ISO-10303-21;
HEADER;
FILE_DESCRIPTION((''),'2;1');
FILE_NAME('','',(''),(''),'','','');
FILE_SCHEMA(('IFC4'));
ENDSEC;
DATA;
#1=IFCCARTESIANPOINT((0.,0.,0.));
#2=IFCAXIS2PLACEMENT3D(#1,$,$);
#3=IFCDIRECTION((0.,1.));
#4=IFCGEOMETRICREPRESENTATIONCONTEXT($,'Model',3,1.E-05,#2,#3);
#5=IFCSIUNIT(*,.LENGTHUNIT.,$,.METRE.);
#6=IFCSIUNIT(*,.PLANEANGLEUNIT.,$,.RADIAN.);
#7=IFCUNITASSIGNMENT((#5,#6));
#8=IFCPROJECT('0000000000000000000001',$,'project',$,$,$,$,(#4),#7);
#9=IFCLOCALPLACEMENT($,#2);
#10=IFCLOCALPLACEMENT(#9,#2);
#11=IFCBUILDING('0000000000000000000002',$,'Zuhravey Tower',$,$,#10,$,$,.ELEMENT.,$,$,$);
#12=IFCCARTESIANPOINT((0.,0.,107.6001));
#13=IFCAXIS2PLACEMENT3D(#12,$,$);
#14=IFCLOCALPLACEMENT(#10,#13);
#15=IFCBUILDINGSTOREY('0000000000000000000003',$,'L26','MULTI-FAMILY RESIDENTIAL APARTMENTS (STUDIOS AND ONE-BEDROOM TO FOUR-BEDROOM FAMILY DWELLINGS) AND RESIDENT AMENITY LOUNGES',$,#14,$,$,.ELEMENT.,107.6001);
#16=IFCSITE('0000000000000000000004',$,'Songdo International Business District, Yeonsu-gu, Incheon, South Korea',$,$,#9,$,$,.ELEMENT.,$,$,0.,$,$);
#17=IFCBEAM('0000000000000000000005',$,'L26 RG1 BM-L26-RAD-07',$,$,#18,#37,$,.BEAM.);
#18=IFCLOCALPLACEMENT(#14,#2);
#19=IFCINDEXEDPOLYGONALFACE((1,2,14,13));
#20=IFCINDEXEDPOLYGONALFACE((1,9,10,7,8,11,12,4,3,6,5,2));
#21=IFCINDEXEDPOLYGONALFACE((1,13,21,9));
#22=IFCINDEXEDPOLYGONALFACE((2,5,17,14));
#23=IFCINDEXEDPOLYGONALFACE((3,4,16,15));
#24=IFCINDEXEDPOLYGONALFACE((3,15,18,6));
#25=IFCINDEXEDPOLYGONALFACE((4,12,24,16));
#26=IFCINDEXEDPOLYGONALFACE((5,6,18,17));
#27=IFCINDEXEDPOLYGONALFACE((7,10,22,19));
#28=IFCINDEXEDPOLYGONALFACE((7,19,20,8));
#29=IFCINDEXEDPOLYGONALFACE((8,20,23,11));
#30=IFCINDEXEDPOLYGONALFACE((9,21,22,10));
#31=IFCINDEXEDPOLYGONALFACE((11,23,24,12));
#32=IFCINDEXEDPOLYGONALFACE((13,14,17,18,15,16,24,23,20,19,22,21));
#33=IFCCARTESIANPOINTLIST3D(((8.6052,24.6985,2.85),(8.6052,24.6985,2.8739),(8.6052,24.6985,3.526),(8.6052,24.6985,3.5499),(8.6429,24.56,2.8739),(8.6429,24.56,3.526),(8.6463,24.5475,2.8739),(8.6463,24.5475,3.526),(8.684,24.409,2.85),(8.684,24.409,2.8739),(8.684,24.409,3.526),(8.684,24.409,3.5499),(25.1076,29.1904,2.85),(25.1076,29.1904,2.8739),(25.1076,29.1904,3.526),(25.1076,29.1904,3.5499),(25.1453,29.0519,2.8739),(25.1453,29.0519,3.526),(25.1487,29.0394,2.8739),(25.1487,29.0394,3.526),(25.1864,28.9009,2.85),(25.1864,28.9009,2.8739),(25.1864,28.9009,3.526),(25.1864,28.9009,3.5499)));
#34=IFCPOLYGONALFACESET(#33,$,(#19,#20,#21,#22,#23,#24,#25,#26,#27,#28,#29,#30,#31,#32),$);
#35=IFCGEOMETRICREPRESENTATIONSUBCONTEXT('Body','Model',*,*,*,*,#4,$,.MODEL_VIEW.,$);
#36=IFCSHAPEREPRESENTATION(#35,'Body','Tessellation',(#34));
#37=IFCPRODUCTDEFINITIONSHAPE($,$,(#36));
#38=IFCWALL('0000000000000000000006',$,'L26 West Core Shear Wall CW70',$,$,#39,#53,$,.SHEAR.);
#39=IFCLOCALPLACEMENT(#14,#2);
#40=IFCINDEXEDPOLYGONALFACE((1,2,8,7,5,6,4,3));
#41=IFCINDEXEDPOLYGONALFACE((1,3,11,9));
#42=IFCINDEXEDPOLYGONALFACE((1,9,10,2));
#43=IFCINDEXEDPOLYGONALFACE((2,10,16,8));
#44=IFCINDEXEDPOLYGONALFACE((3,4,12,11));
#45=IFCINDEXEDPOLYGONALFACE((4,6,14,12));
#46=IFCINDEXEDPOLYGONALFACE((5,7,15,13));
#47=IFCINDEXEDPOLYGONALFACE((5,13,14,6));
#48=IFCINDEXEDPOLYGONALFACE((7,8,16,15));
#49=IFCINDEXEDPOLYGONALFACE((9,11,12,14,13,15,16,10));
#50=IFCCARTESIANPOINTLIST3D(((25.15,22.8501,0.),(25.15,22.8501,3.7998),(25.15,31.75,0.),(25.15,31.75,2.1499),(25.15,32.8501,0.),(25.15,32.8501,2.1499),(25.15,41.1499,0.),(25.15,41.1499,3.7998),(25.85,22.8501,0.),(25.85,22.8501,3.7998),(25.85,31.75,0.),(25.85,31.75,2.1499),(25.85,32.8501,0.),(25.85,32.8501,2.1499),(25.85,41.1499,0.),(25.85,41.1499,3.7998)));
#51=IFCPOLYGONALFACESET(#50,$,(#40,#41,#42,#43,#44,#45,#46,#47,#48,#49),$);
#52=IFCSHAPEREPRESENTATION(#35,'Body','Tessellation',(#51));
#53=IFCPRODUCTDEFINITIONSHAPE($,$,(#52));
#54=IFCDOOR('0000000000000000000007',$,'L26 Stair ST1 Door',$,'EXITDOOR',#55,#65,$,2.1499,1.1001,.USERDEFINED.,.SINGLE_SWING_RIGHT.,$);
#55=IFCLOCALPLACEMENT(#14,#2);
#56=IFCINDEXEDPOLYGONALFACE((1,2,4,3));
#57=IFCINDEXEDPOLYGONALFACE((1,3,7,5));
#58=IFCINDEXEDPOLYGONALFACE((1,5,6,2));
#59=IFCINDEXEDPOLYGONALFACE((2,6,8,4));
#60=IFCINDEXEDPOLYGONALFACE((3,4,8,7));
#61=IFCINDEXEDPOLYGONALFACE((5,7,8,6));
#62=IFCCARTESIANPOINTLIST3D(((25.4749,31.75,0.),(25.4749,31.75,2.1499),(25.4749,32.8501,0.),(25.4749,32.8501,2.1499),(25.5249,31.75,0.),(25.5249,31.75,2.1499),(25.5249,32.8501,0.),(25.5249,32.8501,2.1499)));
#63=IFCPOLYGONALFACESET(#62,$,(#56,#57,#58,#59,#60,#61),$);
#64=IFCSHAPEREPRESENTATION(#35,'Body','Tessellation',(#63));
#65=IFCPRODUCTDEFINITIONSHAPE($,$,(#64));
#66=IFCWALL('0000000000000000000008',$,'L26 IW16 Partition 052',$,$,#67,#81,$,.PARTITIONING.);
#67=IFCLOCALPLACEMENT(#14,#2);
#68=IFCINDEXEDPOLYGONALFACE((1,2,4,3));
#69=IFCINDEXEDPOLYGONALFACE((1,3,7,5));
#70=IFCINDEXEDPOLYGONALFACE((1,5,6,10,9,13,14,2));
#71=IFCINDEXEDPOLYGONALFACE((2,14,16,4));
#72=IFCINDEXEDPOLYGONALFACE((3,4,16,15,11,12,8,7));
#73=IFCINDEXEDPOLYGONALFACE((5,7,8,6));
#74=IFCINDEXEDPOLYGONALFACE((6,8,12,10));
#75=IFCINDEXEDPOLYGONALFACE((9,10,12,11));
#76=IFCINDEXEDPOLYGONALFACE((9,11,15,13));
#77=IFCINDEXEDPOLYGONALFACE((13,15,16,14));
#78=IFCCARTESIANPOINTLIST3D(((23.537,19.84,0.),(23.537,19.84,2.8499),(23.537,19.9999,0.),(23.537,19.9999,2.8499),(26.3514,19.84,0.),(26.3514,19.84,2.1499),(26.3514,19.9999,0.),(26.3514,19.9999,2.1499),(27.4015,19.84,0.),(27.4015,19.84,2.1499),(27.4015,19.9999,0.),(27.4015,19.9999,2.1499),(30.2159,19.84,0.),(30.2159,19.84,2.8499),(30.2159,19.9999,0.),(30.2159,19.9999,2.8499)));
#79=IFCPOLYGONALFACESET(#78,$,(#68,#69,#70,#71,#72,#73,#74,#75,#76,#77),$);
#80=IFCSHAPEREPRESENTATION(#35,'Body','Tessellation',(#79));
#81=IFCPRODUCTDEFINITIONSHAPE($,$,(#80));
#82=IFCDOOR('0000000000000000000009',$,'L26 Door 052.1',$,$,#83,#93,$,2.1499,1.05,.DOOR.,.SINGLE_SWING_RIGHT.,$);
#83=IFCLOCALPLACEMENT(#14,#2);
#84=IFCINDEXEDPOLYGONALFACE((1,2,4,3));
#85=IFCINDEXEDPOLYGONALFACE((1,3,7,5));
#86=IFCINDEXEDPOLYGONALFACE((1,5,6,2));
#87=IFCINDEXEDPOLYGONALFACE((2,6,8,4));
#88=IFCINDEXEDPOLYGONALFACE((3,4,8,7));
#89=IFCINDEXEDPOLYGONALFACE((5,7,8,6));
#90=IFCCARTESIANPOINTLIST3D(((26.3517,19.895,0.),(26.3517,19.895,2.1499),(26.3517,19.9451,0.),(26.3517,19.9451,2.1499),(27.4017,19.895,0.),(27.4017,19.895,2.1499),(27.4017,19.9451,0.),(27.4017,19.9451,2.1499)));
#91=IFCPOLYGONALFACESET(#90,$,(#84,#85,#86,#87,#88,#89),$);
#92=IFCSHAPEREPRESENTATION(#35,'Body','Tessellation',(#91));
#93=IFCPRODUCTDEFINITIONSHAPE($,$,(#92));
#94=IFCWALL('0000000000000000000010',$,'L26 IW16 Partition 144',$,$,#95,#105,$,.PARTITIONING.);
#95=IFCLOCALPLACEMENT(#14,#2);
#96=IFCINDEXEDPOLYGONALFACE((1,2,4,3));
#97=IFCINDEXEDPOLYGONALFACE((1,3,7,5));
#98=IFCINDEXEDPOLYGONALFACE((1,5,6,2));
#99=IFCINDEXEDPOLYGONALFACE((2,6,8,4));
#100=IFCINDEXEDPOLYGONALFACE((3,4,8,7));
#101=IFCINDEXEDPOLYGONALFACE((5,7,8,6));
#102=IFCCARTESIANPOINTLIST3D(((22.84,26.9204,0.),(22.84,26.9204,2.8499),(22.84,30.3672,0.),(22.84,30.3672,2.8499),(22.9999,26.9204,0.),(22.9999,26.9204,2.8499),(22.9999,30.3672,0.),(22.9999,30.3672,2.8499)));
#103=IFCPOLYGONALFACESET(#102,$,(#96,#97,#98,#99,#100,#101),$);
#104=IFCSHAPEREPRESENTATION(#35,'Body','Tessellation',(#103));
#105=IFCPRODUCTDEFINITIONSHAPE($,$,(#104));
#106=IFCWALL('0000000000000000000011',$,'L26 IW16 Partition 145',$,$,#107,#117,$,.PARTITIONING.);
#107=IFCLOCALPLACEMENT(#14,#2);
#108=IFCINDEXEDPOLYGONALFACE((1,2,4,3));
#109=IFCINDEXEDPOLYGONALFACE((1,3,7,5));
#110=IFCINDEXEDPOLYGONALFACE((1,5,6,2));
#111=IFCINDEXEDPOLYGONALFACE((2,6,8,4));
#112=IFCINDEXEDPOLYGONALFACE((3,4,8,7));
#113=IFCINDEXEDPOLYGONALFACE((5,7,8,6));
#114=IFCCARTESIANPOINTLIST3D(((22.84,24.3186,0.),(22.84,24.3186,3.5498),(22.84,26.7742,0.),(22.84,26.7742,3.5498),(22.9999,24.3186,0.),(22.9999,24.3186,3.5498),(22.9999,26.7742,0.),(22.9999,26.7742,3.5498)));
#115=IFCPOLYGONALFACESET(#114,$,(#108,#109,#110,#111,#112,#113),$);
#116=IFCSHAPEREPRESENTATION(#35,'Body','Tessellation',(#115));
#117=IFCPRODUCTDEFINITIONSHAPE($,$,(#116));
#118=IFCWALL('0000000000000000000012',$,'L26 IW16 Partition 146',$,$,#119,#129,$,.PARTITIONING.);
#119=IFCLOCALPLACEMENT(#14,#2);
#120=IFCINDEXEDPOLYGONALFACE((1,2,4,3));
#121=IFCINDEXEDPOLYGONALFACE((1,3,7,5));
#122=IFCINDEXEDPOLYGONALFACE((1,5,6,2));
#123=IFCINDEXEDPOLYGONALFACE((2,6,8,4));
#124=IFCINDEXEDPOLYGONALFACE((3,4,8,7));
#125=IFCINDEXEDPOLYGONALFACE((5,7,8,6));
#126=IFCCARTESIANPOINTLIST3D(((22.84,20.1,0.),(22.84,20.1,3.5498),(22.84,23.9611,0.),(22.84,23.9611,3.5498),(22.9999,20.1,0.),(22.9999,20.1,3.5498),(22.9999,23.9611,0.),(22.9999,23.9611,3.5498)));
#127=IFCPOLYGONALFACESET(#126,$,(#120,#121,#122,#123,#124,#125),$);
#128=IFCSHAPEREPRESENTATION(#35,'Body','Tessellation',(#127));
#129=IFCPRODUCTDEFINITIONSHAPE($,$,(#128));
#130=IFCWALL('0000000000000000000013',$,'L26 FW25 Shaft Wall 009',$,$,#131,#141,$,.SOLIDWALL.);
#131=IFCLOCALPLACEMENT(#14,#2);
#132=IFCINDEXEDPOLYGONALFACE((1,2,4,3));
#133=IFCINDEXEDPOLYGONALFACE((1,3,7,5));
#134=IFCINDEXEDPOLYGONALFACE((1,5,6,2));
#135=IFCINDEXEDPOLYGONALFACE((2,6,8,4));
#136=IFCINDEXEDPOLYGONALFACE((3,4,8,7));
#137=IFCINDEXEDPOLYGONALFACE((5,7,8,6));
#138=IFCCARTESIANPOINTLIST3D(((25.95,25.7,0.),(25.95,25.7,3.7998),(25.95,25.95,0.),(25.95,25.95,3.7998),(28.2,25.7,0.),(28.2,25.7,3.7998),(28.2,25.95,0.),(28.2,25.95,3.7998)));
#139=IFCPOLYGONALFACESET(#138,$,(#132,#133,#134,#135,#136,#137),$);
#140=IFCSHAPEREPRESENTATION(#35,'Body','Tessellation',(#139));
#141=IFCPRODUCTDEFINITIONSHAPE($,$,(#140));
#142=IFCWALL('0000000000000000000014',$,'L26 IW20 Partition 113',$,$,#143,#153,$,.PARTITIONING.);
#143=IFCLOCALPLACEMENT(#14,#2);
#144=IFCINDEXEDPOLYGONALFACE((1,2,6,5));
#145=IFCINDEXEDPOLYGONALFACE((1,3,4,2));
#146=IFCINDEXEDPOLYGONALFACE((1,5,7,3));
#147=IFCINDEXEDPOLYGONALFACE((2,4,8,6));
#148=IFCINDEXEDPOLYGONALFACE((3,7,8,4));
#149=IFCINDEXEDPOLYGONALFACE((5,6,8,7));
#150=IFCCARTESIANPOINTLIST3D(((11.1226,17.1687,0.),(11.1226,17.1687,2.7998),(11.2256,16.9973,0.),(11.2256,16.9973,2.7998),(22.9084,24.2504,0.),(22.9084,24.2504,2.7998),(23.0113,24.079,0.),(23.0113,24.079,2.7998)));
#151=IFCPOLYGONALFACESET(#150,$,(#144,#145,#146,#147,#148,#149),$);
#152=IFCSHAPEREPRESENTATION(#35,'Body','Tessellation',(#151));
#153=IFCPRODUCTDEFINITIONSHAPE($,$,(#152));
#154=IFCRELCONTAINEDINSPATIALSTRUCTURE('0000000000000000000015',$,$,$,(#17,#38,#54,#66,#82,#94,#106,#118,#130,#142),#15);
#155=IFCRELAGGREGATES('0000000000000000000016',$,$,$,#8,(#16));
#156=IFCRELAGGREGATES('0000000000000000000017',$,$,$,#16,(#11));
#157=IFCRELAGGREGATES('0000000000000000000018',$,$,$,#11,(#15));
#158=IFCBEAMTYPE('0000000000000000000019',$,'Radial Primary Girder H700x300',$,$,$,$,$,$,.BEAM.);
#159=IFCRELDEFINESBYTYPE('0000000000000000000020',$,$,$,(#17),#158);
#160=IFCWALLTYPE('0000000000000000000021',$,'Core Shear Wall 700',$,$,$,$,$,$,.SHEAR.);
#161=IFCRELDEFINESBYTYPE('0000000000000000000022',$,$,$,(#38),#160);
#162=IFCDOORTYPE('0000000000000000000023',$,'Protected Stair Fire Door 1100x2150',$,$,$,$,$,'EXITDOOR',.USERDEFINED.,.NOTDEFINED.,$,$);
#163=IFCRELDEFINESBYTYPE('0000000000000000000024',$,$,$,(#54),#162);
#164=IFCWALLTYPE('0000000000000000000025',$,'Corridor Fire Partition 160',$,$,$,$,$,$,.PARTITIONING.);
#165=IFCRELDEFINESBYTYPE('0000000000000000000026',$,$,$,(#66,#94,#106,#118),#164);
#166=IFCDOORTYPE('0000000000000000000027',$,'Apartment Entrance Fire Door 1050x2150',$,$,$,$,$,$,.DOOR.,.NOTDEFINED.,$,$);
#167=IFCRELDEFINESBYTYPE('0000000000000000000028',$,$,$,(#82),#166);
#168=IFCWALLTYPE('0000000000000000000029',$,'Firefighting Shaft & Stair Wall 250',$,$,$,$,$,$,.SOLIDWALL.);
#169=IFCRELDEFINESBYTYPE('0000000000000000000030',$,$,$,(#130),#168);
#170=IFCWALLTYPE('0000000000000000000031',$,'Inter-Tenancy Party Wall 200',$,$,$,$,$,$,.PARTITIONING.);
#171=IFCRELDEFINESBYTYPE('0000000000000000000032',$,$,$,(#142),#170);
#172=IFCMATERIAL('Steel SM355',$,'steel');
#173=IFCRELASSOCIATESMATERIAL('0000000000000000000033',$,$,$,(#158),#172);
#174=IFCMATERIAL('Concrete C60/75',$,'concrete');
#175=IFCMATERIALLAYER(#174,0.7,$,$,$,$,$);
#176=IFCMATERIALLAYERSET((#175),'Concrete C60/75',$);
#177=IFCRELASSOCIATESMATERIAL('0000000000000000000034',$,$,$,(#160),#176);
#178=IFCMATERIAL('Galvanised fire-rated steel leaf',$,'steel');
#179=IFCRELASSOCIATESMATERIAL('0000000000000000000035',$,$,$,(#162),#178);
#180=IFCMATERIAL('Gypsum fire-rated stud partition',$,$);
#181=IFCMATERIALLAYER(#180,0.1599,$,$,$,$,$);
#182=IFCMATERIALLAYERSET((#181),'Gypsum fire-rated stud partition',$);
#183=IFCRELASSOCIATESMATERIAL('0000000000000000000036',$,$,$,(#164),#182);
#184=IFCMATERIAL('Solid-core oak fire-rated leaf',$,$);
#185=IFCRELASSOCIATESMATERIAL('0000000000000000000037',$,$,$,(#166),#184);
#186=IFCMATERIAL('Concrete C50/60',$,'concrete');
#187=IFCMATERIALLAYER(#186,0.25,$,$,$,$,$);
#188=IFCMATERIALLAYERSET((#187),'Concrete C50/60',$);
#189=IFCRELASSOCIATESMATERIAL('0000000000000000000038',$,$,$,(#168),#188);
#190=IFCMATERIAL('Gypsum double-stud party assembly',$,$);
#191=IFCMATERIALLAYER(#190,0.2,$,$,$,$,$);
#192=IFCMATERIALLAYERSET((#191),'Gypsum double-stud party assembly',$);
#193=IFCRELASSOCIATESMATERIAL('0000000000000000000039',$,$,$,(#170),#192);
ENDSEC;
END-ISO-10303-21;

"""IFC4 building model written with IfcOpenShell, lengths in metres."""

from ifc_helpers import new_model, si_unit, direction, frame, frame_2d, origin, origin_2d, place, context, subcontext, project, spatial, rectangle, i_section, extrude, material, layer, layer_set, material_profile, profile_set, type_object, element, fill, save


model = new_model("IFC4")

# Units and contexts
model_context = context("Model", 3, precision=1e-05, world=origin(), true_north=direction((0.0, 1.0)))
body_context = subcontext(model_context, "Body", "Model", "MODEL_VIEW")
ifc_project = project(units=[si_unit("LENGTHUNIT", "METRE"), si_unit("PLANEANGLEUNIT", "RADIAN")], contexts=[model_context])

# Site, building, storey
site_placement = place(None, origin())
site = spatial("IfcSite", under=ifc_project, at=site_placement, Name="Songdo International Business District, Yeonsu-gu, Incheon, South Korea", CompositionType="ELEMENT", RefElevation=0.0)
building_placement = place(site_placement, origin())
building = spatial("IfcBuilding", under=site, at=building_placement, Name="Zuhravey Tower", CompositionType="ELEMENT")
storey_placement = place(building_placement, frame((0.0, 0.0, 107.6001)))
storey = spatial("IfcBuildingStorey", under=building, at=storey_placement, Name="L26", Description="MULTI-FAMILY RESIDENTIAL APARTMENTS (STUDIOS AND ONE-BEDROOM TO FOUR-BEDROOM FAMILY DWELLINGS) AND RESIDENT AMENITY LOUNGES", CompositionType="ELEMENT", Elevation=107.6001)

# Beam
ifc_material_1 = material(Name="Steel SM355", Category="steel")
ifc_material_profile = material_profile(ifc_material_1, i_section(OverallWidth=0.3, OverallDepth=0.7, WebThickness=0.0129, FlangeThickness=0.0239, at=origin_2d()), Name="H-700x300x13x24")
ifc_profile_set = profile_set([ifc_material_profile], Name="Steel SM355")
beam_type = type_object("IfcBeamType", Name="Radial Primary Girder H700x300", PredefinedType="BEAM", material=ifc_profile_set)
beam_placement = place(storey_placement, frame((25.147, 29.0457, 3.2), z_axis=(-0.964893, -0.262643, 0.0), x_axis=(0.262643, -0.964893, 0.0)))
element("IfcBeam", 1, at=beam_placement, inside=storey, type_object=beam_type, Name="L26 RG1 BM-L26-RAD-07", PredefinedType="BEAM", context=body_context, shape_type="SweptSolid", body=[
    extrude(i_section(OverallWidth=0.3, OverallDepth=0.7, WebThickness=0.0129, FlangeThickness=0.0239, at=origin_2d()), origin(), (0.0, 0.0, 1.0), 17.1028),
])

# Walls, openings, doors
ifc_material_2 = material(Name="Concrete C60/75", Category="concrete")
ifc_layer_1 = layer(ifc_material_2, 0.7)
ifc_layer_set_1 = layer_set([ifc_layer_1], Name="Concrete C60/75")
wall_type_1 = type_object("IfcWallType", Name="Core Shear Wall 700", PredefinedType="SHEAR", material=ifc_layer_set_1)
ifc_material_3 = material(Name="Galvanised fire-rated steel leaf", Category="steel")
wall_1_placement = place(storey_placement, frame((25.5, 22.8501, 0.0), z_axis=(0.0, 0.0, 1.0), x_axis=(0.0, 1.0, 0.0)))
wall_1 = element("IfcWall", 2, at=wall_1_placement, inside=storey, type_object=wall_type_1, Name="L26 West Core Shear Wall CW70", PredefinedType="SHEAR", context=body_context, shape_type="SweptSolid", body=[
    extrude(rectangle(XDim=18.2998, YDim=0.7, at=frame_2d((9.1499, 0.0))), origin(), (0.0, 0.0, 1.0), 3.7998),
])
opening_1_placement = place(wall_1_placement, frame((8.8999, 0.0, 0.0)))
opening_1 = element("IfcOpeningElement", 3, at=opening_1_placement, cuts=wall_1, PredefinedType="OPENING", context=body_context, shape_type="SweptSolid", body=[
    extrude(rectangle(XDim=1.1001, YDim=2.1499, at=frame_2d((0.55, 1.075))), frame((0.0, 0.3621, 0.0), z_axis=(0.0, -1.0, 0.0), x_axis=(1.0, 0.0, 0.0)), (0.0, 0.0, 1.0), 0.7239),
])
door_type_1 = type_object("IfcDoorType", Name="Protected Stair Fire Door 1100x2150", ElementType="EXITDOOR", OperationType="NOTDEFINED", PredefinedType="USERDEFINED", material=ifc_material_3)
door_1_placement = place(opening_1_placement, frame((1.1001, 0.0, 0.0), z_axis=(0.0, 0.0, 1.0), x_axis=(-1.0, 0.0, 0.0)))
door_1 = element("IfcDoor", 4, at=door_1_placement, inside=storey, type_object=door_type_1, Name="L26 Stair ST1 Door", ObjectType="EXITDOOR", OperationType="SINGLE_SWING_RIGHT", OverallHeight=2.1499, OverallWidth=1.1001, PredefinedType="USERDEFINED", context=body_context, shape_type="SweptSolid", body=[
    extrude(rectangle(XDim=1.1001, YDim=2.1499, at=frame_2d((0.55, 1.075))), frame((0.0, 0.0249, 0.0), z_axis=(0.0, -1.0, 0.0), x_axis=(1.0, 0.0, 0.0)), (0.0, 0.0, 1.0), 0.05),
])
fill(opening_1, door_1)
ifc_material_4 = material(Name="Gypsum fire-rated stud partition")
ifc_layer_2 = layer(ifc_material_4, 0.1599)
ifc_layer_set_2 = layer_set([ifc_layer_2], Name="Gypsum fire-rated stud partition")
wall_type_2 = type_object("IfcWallType", Name="Corridor Fire Partition 160", PredefinedType="PARTITIONING", material=ifc_layer_set_2)
wall_2_placement = place(storey_placement, frame((23.5371, 19.9199, 0.0), z_axis=(0.0, 0.0, 1.0), x_axis=(1.0, 0.0, 0.0)))
wall_2 = element("IfcWall", 5, at=wall_2_placement, inside=storey, type_object=wall_type_2, Name="L26 IW16 Partition 052", PredefinedType="PARTITIONING", context=body_context, shape_type="SweptSolid", body=[
    extrude(rectangle(XDim=6.679, YDim=0.1599, at=frame_2d((3.3394, 0.0))), origin(), (0.0, 0.0, 1.0), 2.8499),
])
opening_2_placement = place(wall_2_placement, frame((2.8145, 0.0, 0.0)))
opening_2 = element("IfcOpeningElement", 6, at=opening_2_placement, cuts=wall_2, PredefinedType="OPENING", context=body_context, shape_type="SweptSolid", body=[
    extrude(rectangle(XDim=1.05, YDim=2.1499, at=frame_2d((0.5249, 1.075))), frame((0.0, 0.092, 0.0), z_axis=(0.0, -1.0, 0.0), x_axis=(1.0, 0.0, 0.0)), (0.0, 0.0, 1.0), 0.1838),
])
ifc_material_5 = material(Name="Solid-core oak fire-rated leaf")
door_type_2 = type_object("IfcDoorType", Name="Apartment Entrance Fire Door 1050x2150", OperationType="NOTDEFINED", PredefinedType="DOOR", material=ifc_material_5)
door_2_placement = place(opening_2_placement, frame((1.05, 0.0, 0.0), z_axis=(0.0, 0.0, 1.0), x_axis=(-1.0, 0.0, 0.0)))
door_2 = element("IfcDoor", 7, at=door_2_placement, inside=storey, type_object=door_type_2, Name="L26 Door 052.1", OperationType="SINGLE_SWING_RIGHT", OverallHeight=2.1499, OverallWidth=1.05, PredefinedType="DOOR", context=body_context, shape_type="SweptSolid", body=[
    extrude(rectangle(XDim=1.05, YDim=2.1499, at=frame_2d((0.5249, 1.075))), frame((0.0, 0.0249, 0.0), z_axis=(0.0, -1.0, 0.0), x_axis=(1.0, 0.0, 0.0)), (0.0, 0.0, 1.0), 0.05),
])
fill(opening_2, door_2)

# Walls
wall_3_placement = place(storey_placement, frame((22.9199, 30.3672, 0.0), z_axis=(0.0, 0.0, 1.0), x_axis=(0.0, -1.0, 0.0)))
element("IfcWall", 8, at=wall_3_placement, inside=storey, type_object=wall_type_2, Name="L26 IW16 Partition 144", PredefinedType="PARTITIONING", context=body_context, shape_type="SweptSolid", body=[
    extrude(rectangle(XDim=3.4468, YDim=0.1599, at=frame_2d((1.7234, 0.0))), origin(), (0.0, 0.0, 1.0), 2.8499),
])
wall_4_placement = place(storey_placement, frame((22.9199, 26.7742, 0.0), z_axis=(0.0, 0.0, 1.0), x_axis=(0.0, -1.0, 0.0)))
element("IfcWall", 9, at=wall_4_placement, inside=storey, type_object=wall_type_2, Name="L26 IW16 Partition 145", PredefinedType="PARTITIONING", context=body_context, shape_type="SweptSolid", body=[
    extrude(rectangle(XDim=2.4556, YDim=0.1599, at=frame_2d((1.2278, 0.0))), origin(), (0.0, 0.0, 1.0), 3.5498),
])
wall_5_placement = place(storey_placement, frame((22.9199, 23.9612, 0.0), z_axis=(0.0, 0.0, 1.0), x_axis=(0.0, -1.0, 0.0)))
element("IfcWall", 10, at=wall_5_placement, inside=storey, type_object=wall_type_2, Name="L26 IW16 Partition 146", PredefinedType="PARTITIONING", context=body_context, shape_type="SweptSolid", body=[
    extrude(rectangle(XDim=3.8611, YDim=0.1599, at=frame_2d((1.9307, 0.0))), origin(), (0.0, 0.0, 1.0), 3.5498),
])
ifc_material_6 = material(Name="Concrete C50/60", Category="concrete")
ifc_layer_3 = layer(ifc_material_6, 0.25)
ifc_layer_set_3 = layer_set([ifc_layer_3], Name="Concrete C50/60")
wall_type_3 = type_object("IfcWallType", Name="Firefighting Shaft & Stair Wall 250", PredefinedType="SOLIDWALL", material=ifc_layer_set_3)
wall_6_placement = place(storey_placement, frame((25.95, 25.825, 0.0), z_axis=(0.0, 0.0, 1.0), x_axis=(1.0, 0.0, 0.0)))
element("IfcWall", 11, at=wall_6_placement, inside=storey, type_object=wall_type_3, Name="L26 FW25 Shaft Wall 009", PredefinedType="SOLIDWALL", context=body_context, shape_type="SweptSolid", body=[
    extrude(rectangle(XDim=2.25, YDim=0.25, at=frame_2d((1.125, 0.0))), origin(), (0.0, 0.0, 1.0), 3.7998),
])
ifc_material_7 = material(Name="Gypsum double-stud party assembly")
ifc_layer_4 = layer(ifc_material_7, 0.2)
ifc_layer_set_4 = layer_set([ifc_layer_4], Name="Gypsum double-stud party assembly")
wall_type_4 = type_object("IfcWallType", Name="Inter-Tenancy Party Wall 200", PredefinedType="PARTITIONING", material=ifc_layer_set_4)
wall_7_placement = place(storey_placement, frame((22.96, 24.1648, 0.0), z_axis=(0.0, 0.0, 1.0), x_axis=(-0.857164, -0.515044, 0.0)))
element("IfcWall", 12, at=wall_7_placement, inside=storey, type_object=wall_type_4, Name="L26 IW20 Partition 113", PredefinedType="PARTITIONING", context=body_context, shape_type="SweptSolid", body=[
    extrude(rectangle(XDim=13.7498, YDim=0.2, at=frame_2d((6.875, 0.0))), origin(), (0.0, 0.0, 1.0), 2.7998),
])

save(model, "model.ifc")
